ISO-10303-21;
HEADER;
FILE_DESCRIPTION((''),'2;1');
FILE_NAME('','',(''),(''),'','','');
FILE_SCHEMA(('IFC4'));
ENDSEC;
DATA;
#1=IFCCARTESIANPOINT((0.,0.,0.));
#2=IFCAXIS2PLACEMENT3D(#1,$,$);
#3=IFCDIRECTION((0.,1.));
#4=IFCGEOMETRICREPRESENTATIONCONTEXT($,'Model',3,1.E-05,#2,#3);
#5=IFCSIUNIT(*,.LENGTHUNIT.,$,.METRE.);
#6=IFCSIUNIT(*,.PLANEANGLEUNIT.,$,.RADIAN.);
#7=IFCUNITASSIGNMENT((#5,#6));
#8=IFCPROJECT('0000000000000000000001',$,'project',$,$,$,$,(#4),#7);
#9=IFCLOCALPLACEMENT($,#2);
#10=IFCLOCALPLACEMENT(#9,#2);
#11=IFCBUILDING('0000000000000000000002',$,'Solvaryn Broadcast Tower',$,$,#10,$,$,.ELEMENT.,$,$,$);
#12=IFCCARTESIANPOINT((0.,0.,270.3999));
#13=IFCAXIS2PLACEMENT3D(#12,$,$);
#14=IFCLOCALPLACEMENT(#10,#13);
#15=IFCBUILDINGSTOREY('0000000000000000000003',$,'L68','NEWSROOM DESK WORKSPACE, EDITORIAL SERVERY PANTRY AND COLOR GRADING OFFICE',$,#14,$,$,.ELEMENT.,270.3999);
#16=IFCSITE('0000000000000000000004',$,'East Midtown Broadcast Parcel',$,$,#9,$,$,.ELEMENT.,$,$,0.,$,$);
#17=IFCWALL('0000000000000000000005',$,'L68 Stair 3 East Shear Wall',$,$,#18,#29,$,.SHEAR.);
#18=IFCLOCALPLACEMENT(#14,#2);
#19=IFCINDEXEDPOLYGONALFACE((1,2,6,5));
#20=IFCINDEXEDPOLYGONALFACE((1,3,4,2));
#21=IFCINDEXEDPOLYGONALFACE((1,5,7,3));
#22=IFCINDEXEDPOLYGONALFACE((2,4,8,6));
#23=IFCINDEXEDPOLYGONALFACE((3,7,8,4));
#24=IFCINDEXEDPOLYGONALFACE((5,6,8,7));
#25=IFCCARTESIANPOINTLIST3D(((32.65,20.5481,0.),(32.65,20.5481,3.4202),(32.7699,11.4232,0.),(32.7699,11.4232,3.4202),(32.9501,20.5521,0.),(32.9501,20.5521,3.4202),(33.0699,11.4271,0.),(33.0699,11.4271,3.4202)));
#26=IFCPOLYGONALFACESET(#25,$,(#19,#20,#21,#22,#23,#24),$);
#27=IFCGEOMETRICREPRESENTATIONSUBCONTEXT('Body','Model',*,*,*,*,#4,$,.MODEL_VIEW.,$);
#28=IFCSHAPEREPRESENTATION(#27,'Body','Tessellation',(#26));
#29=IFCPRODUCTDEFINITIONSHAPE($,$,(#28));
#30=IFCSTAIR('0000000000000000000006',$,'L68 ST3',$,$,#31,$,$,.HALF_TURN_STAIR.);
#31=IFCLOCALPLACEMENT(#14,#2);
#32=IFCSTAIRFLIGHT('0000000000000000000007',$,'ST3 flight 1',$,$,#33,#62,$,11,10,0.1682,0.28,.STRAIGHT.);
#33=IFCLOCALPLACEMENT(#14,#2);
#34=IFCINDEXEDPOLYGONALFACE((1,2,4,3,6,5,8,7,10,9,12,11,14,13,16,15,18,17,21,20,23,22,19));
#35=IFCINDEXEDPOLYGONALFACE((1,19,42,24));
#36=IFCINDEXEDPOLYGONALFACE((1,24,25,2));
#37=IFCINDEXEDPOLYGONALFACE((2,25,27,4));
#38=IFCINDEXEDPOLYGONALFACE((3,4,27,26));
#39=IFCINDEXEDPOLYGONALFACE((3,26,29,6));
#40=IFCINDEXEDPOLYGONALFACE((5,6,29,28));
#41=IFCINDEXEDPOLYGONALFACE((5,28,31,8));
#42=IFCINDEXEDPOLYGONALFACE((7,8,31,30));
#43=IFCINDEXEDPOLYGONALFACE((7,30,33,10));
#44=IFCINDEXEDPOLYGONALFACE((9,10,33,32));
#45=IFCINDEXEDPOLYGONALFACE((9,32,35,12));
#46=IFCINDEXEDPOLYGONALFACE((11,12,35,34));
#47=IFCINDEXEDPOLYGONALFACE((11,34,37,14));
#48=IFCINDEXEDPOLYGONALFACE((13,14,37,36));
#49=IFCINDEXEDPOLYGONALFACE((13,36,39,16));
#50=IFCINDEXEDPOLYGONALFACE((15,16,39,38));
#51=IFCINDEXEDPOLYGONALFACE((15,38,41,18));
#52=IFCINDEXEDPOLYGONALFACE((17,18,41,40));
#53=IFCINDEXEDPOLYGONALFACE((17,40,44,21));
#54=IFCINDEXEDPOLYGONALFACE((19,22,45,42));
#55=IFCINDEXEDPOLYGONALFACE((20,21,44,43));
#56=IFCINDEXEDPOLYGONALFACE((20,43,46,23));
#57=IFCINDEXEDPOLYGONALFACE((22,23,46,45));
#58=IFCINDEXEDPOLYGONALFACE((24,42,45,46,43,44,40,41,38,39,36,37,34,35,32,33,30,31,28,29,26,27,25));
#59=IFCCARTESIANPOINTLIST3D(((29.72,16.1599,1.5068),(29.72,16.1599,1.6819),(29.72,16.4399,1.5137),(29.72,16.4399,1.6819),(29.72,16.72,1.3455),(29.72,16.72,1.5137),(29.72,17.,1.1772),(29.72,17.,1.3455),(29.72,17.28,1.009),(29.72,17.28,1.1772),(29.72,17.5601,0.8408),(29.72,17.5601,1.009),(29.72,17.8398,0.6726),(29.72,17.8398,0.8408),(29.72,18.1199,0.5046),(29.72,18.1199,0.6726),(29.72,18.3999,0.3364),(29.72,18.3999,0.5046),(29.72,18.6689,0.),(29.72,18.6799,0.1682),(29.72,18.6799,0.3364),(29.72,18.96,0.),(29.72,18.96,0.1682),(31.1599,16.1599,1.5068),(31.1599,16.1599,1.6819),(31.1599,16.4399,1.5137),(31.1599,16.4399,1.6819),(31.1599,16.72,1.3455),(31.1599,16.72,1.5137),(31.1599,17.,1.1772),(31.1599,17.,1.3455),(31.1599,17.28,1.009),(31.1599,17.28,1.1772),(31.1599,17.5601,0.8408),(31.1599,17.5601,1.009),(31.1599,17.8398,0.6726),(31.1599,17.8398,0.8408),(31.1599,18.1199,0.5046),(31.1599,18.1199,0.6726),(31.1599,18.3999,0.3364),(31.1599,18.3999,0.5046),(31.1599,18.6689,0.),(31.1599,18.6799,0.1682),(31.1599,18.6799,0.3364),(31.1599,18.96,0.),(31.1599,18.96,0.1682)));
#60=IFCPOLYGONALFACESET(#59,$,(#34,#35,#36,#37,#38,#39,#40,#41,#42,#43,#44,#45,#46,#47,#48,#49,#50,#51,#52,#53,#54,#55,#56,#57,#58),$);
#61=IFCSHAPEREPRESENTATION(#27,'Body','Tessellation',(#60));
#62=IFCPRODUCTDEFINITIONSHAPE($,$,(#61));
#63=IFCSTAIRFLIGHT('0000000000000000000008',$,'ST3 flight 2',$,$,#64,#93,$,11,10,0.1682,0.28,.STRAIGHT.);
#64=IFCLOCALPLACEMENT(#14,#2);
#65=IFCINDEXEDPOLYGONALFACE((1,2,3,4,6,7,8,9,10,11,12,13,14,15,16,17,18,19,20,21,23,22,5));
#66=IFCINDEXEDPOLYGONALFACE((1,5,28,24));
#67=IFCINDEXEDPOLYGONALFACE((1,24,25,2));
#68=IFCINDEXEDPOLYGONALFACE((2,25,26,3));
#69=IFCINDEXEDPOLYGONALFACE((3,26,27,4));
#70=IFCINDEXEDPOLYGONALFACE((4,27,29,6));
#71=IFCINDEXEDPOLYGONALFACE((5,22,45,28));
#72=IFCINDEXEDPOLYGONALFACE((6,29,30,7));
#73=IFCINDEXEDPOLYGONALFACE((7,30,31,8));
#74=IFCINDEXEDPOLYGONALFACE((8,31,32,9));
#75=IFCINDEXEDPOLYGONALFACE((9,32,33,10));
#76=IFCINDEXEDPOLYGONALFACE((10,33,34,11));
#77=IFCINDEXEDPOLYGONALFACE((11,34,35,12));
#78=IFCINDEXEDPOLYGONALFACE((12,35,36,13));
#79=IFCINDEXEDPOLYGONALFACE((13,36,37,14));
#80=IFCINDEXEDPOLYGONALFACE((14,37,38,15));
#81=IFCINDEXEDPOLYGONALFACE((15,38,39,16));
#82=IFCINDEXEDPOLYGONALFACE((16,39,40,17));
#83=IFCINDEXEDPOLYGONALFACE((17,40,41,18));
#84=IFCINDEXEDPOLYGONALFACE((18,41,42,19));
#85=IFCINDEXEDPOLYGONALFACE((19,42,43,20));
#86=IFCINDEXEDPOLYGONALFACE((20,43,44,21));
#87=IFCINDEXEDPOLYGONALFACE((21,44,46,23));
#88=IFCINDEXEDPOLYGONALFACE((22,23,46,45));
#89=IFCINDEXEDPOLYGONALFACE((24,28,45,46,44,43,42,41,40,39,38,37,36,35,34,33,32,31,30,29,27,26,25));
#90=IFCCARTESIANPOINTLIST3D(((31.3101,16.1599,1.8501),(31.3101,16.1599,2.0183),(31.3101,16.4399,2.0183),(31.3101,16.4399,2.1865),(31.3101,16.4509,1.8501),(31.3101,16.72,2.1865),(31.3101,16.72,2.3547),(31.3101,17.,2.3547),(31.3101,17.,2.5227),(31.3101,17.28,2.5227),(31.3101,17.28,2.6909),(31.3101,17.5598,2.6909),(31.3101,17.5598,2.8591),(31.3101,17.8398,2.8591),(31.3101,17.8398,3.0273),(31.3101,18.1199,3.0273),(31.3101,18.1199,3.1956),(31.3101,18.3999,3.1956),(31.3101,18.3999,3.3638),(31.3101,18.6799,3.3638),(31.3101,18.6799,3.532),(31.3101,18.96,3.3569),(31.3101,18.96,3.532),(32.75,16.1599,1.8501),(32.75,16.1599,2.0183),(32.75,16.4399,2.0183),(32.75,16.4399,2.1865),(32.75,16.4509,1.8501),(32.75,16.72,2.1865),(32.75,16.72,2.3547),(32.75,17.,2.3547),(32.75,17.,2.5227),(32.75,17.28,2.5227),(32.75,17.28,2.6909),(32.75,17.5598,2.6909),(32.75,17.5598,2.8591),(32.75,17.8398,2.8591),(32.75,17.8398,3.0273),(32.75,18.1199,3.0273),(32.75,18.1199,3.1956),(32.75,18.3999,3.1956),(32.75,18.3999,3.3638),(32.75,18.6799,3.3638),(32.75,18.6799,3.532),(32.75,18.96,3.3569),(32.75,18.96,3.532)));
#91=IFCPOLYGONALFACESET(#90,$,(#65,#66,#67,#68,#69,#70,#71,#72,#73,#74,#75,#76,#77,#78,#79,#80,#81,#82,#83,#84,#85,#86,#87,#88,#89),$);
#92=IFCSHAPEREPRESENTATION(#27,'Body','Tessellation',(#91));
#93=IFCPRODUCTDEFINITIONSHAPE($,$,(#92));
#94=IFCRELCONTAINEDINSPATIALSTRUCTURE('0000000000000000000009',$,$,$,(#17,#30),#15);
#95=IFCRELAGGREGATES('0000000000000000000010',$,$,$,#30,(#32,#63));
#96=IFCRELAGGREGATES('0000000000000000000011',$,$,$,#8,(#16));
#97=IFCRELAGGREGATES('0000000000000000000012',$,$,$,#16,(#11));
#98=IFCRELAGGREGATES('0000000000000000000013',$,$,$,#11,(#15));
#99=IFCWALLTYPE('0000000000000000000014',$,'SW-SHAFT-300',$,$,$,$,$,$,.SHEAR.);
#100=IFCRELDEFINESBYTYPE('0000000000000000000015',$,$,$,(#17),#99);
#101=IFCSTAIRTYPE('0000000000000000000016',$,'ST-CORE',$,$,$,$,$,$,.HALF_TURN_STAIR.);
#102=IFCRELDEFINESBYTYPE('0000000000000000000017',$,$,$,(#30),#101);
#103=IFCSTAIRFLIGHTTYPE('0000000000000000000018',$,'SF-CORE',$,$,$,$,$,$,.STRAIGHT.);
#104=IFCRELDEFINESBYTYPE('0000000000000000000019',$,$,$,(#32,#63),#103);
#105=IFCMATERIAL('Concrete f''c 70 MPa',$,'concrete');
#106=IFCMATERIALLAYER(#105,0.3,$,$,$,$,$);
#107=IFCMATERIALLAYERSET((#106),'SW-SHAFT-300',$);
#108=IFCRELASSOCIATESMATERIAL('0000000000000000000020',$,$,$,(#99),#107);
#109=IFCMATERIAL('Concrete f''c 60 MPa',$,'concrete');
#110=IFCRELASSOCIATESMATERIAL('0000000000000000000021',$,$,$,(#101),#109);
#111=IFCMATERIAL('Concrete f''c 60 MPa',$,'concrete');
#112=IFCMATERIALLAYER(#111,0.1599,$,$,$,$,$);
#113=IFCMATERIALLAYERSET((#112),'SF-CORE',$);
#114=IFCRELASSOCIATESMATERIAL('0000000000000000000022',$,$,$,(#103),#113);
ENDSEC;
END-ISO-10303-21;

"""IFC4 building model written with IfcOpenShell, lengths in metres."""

from ifc_helpers import new_model, si_unit, direction, frame, frame_2d, origin, place, context, subcontext, project, spatial, polyline, rectangle, outline, extrude, material, layer, layer_set, type_object, element, aggregate, save


model = new_model("IFC4")

# Units and contexts
model_context = context("Model", 3, precision=1e-05, world=origin(), true_north=direction((0.0, 1.0)))
body_context = subcontext(model_context, "Body", "Model", "MODEL_VIEW")
ifc_project = project(units=[si_unit("LENGTHUNIT", "METRE"), si_unit("PLANEANGLEUNIT", "RADIAN")], contexts=[model_context])

# Site, building, storey
site_placement = place(None, origin())
site = spatial("IfcSite", under=ifc_project, at=site_placement, Name="East Midtown Broadcast Parcel", CompositionType="ELEMENT", RefElevation=0.0)
building_placement = place(site_placement, origin())
building = spatial("IfcBuilding", under=site, at=building_placement, Name="Solvaryn Broadcast Tower", CompositionType="ELEMENT")
storey_placement = place(building_placement, frame((0.0, 0.0, 270.3999)))
storey = spatial("IfcBuildingStorey", under=building, at=storey_placement, Name="L68", Description="NEWSROOM DESK WORKSPACE, EDITORIAL SERVERY PANTRY AND COLOR GRADING OFFICE", CompositionType="ELEMENT", Elevation=270.3999)

# Wall
ifc_material_1 = material(Name="Concrete f'c 70 MPa", Category="concrete")
ifc_layer_1 = layer(ifc_material_1, 0.3)
ifc_layer_set_1 = layer_set([ifc_layer_1], Name="SW-SHAFT-300")
wall_type_1 = type_object("IfcWallType", Name="SW-SHAFT-300", PredefinedType="SHEAR", material=ifc_layer_set_1)
wall_1_placement = place(storey_placement, frame((32.9199, 11.425, 0.0), z_axis=(0.0, 0.0, 1.0), x_axis=(-0.013136, 0.999914, 0.0)))
element("IfcWall", 1, at=wall_1_placement, inside=storey, type_object=wall_type_1, Name="L68 Stair 3 East Shear Wall", PredefinedType="SHEAR", context=body_context, shape_type="SweptSolid", body=[
    extrude(rectangle(XDim=9.1257, YDim=0.3, at=frame_2d((4.563, 0.0))), origin(), (0.0, 0.0, 1.0), 3.4202),
])

# Stair, stair flights
ifc_material_2 = material(Name="Concrete f'c 60 MPa", Category="concrete")
stair_type = type_object("IfcStairType", Name="ST-CORE", PredefinedType="HALF_TURN_STAIR", material=ifc_material_2)
stair_placement = place(storey_placement, origin())
stair = element("IfcStair", 2, at=stair_placement, inside=storey, type_object=stair_type, Name="L68 ST3", PredefinedType="HALF_TURN_STAIR")
ifc_material_3 = material(Name="Concrete f'c 60 MPa", Category="concrete")
ifc_layer_2 = layer(ifc_material_3, 0.1599)
ifc_layer_set_2 = layer_set([ifc_layer_2], Name="SF-CORE")
stair_flight_type = type_object("IfcStairFlightType", Name="SF-CORE", PredefinedType="STRAIGHT", material=ifc_layer_set_2)
stair_flight_1_placement = place(storey_placement, frame((30.4399, 18.96, 0.0), z_axis=(0.0, 0.0, 1.0), x_axis=(0.0, -1.0, 0.0)))
stair_flight_1 = element("IfcStairFlight", 3, at=stair_flight_1_placement, type_object=stair_flight_type, Name="ST3 flight 1", NumberOfRisers=11, NumberOfTreads=10, PredefinedType="STRAIGHT", RiserHeight=0.1682, TreadLength=0.28, context=body_context, shape_type="SweptSolid", body=[
    extrude(outline(polyline([(0.0, 0.0), (0.0, 0.1682), (0.28, 0.1682), (0.28, 0.3364), (0.5601, 0.3364), (0.5601, 0.5046), (0.8401, 0.5046), (0.8401, 0.6726), (1.1201, 0.6726), (1.1201, 0.8408), (1.3999, 0.8408), (1.3999, 1.009), (1.6799, 1.009), (1.6799, 1.1772), (1.96, 1.1772), (1.96, 1.3455), (2.24, 1.3455), (2.24, 1.5137), (2.52, 1.5137), (2.52, 1.6819), (2.8, 1.6819), (2.8, 1.8501), (2.8, 1.5068), (0.291, 0.0), (0.0, 0.0)])), frame((0.0, 0.72, 0.0), z_axis=(0.0, -1.0, 0.0), x_axis=(1.0, 0.0, 0.0)), (0.0, 0.0, 1.0), 1.4399),
])
stair_flight_2_placement = place(storey_placement, frame((32.03, 16.1599, 1.8501), z_axis=(0.0, 0.0, 1.0), x_axis=(0.0, 1.0, 0.0)))
stair_flight_2 = element("IfcStairFlight", 4, at=stair_flight_2_placement, type_object=stair_flight_type, Name="ST3 flight 2", NumberOfRisers=11, NumberOfTreads=10, PredefinedType="STRAIGHT", RiserHeight=0.1682, TreadLength=0.28, context=body_context, shape_type="SweptSolid", body=[
    extrude(outline(polyline([(0.0, 0.0), (0.0, 0.1682), (0.28, 0.1682), (0.28, 0.3364), (0.5601, 0.3364), (0.5601, 0.5046), (0.8401, 0.5046), (0.8401, 0.6726), (1.1201, 0.6726), (1.1201, 0.8408), (1.3999, 0.8408), (1.3999, 1.009), (1.6799, 1.009), (1.6799, 1.1772), (1.96, 1.1772), (1.96, 1.3455), (2.24, 1.3455), (2.24, 1.5137), (2.52, 1.5137), (2.52, 1.6819), (2.8, 1.6819), (2.8, 1.8501), (2.8, 1.5068), (0.291, 0.0), (0.0, 0.0)])), frame((0.0, 0.72, 0.0), z_axis=(0.0, -1.0, 0.0), x_axis=(1.0, 0.0, 0.0)), (0.0, 0.0, 1.0), 1.4399),
])
aggregate(stair, [stair_flight_1, stair_flight_2])

save(model, "model.ifc")
